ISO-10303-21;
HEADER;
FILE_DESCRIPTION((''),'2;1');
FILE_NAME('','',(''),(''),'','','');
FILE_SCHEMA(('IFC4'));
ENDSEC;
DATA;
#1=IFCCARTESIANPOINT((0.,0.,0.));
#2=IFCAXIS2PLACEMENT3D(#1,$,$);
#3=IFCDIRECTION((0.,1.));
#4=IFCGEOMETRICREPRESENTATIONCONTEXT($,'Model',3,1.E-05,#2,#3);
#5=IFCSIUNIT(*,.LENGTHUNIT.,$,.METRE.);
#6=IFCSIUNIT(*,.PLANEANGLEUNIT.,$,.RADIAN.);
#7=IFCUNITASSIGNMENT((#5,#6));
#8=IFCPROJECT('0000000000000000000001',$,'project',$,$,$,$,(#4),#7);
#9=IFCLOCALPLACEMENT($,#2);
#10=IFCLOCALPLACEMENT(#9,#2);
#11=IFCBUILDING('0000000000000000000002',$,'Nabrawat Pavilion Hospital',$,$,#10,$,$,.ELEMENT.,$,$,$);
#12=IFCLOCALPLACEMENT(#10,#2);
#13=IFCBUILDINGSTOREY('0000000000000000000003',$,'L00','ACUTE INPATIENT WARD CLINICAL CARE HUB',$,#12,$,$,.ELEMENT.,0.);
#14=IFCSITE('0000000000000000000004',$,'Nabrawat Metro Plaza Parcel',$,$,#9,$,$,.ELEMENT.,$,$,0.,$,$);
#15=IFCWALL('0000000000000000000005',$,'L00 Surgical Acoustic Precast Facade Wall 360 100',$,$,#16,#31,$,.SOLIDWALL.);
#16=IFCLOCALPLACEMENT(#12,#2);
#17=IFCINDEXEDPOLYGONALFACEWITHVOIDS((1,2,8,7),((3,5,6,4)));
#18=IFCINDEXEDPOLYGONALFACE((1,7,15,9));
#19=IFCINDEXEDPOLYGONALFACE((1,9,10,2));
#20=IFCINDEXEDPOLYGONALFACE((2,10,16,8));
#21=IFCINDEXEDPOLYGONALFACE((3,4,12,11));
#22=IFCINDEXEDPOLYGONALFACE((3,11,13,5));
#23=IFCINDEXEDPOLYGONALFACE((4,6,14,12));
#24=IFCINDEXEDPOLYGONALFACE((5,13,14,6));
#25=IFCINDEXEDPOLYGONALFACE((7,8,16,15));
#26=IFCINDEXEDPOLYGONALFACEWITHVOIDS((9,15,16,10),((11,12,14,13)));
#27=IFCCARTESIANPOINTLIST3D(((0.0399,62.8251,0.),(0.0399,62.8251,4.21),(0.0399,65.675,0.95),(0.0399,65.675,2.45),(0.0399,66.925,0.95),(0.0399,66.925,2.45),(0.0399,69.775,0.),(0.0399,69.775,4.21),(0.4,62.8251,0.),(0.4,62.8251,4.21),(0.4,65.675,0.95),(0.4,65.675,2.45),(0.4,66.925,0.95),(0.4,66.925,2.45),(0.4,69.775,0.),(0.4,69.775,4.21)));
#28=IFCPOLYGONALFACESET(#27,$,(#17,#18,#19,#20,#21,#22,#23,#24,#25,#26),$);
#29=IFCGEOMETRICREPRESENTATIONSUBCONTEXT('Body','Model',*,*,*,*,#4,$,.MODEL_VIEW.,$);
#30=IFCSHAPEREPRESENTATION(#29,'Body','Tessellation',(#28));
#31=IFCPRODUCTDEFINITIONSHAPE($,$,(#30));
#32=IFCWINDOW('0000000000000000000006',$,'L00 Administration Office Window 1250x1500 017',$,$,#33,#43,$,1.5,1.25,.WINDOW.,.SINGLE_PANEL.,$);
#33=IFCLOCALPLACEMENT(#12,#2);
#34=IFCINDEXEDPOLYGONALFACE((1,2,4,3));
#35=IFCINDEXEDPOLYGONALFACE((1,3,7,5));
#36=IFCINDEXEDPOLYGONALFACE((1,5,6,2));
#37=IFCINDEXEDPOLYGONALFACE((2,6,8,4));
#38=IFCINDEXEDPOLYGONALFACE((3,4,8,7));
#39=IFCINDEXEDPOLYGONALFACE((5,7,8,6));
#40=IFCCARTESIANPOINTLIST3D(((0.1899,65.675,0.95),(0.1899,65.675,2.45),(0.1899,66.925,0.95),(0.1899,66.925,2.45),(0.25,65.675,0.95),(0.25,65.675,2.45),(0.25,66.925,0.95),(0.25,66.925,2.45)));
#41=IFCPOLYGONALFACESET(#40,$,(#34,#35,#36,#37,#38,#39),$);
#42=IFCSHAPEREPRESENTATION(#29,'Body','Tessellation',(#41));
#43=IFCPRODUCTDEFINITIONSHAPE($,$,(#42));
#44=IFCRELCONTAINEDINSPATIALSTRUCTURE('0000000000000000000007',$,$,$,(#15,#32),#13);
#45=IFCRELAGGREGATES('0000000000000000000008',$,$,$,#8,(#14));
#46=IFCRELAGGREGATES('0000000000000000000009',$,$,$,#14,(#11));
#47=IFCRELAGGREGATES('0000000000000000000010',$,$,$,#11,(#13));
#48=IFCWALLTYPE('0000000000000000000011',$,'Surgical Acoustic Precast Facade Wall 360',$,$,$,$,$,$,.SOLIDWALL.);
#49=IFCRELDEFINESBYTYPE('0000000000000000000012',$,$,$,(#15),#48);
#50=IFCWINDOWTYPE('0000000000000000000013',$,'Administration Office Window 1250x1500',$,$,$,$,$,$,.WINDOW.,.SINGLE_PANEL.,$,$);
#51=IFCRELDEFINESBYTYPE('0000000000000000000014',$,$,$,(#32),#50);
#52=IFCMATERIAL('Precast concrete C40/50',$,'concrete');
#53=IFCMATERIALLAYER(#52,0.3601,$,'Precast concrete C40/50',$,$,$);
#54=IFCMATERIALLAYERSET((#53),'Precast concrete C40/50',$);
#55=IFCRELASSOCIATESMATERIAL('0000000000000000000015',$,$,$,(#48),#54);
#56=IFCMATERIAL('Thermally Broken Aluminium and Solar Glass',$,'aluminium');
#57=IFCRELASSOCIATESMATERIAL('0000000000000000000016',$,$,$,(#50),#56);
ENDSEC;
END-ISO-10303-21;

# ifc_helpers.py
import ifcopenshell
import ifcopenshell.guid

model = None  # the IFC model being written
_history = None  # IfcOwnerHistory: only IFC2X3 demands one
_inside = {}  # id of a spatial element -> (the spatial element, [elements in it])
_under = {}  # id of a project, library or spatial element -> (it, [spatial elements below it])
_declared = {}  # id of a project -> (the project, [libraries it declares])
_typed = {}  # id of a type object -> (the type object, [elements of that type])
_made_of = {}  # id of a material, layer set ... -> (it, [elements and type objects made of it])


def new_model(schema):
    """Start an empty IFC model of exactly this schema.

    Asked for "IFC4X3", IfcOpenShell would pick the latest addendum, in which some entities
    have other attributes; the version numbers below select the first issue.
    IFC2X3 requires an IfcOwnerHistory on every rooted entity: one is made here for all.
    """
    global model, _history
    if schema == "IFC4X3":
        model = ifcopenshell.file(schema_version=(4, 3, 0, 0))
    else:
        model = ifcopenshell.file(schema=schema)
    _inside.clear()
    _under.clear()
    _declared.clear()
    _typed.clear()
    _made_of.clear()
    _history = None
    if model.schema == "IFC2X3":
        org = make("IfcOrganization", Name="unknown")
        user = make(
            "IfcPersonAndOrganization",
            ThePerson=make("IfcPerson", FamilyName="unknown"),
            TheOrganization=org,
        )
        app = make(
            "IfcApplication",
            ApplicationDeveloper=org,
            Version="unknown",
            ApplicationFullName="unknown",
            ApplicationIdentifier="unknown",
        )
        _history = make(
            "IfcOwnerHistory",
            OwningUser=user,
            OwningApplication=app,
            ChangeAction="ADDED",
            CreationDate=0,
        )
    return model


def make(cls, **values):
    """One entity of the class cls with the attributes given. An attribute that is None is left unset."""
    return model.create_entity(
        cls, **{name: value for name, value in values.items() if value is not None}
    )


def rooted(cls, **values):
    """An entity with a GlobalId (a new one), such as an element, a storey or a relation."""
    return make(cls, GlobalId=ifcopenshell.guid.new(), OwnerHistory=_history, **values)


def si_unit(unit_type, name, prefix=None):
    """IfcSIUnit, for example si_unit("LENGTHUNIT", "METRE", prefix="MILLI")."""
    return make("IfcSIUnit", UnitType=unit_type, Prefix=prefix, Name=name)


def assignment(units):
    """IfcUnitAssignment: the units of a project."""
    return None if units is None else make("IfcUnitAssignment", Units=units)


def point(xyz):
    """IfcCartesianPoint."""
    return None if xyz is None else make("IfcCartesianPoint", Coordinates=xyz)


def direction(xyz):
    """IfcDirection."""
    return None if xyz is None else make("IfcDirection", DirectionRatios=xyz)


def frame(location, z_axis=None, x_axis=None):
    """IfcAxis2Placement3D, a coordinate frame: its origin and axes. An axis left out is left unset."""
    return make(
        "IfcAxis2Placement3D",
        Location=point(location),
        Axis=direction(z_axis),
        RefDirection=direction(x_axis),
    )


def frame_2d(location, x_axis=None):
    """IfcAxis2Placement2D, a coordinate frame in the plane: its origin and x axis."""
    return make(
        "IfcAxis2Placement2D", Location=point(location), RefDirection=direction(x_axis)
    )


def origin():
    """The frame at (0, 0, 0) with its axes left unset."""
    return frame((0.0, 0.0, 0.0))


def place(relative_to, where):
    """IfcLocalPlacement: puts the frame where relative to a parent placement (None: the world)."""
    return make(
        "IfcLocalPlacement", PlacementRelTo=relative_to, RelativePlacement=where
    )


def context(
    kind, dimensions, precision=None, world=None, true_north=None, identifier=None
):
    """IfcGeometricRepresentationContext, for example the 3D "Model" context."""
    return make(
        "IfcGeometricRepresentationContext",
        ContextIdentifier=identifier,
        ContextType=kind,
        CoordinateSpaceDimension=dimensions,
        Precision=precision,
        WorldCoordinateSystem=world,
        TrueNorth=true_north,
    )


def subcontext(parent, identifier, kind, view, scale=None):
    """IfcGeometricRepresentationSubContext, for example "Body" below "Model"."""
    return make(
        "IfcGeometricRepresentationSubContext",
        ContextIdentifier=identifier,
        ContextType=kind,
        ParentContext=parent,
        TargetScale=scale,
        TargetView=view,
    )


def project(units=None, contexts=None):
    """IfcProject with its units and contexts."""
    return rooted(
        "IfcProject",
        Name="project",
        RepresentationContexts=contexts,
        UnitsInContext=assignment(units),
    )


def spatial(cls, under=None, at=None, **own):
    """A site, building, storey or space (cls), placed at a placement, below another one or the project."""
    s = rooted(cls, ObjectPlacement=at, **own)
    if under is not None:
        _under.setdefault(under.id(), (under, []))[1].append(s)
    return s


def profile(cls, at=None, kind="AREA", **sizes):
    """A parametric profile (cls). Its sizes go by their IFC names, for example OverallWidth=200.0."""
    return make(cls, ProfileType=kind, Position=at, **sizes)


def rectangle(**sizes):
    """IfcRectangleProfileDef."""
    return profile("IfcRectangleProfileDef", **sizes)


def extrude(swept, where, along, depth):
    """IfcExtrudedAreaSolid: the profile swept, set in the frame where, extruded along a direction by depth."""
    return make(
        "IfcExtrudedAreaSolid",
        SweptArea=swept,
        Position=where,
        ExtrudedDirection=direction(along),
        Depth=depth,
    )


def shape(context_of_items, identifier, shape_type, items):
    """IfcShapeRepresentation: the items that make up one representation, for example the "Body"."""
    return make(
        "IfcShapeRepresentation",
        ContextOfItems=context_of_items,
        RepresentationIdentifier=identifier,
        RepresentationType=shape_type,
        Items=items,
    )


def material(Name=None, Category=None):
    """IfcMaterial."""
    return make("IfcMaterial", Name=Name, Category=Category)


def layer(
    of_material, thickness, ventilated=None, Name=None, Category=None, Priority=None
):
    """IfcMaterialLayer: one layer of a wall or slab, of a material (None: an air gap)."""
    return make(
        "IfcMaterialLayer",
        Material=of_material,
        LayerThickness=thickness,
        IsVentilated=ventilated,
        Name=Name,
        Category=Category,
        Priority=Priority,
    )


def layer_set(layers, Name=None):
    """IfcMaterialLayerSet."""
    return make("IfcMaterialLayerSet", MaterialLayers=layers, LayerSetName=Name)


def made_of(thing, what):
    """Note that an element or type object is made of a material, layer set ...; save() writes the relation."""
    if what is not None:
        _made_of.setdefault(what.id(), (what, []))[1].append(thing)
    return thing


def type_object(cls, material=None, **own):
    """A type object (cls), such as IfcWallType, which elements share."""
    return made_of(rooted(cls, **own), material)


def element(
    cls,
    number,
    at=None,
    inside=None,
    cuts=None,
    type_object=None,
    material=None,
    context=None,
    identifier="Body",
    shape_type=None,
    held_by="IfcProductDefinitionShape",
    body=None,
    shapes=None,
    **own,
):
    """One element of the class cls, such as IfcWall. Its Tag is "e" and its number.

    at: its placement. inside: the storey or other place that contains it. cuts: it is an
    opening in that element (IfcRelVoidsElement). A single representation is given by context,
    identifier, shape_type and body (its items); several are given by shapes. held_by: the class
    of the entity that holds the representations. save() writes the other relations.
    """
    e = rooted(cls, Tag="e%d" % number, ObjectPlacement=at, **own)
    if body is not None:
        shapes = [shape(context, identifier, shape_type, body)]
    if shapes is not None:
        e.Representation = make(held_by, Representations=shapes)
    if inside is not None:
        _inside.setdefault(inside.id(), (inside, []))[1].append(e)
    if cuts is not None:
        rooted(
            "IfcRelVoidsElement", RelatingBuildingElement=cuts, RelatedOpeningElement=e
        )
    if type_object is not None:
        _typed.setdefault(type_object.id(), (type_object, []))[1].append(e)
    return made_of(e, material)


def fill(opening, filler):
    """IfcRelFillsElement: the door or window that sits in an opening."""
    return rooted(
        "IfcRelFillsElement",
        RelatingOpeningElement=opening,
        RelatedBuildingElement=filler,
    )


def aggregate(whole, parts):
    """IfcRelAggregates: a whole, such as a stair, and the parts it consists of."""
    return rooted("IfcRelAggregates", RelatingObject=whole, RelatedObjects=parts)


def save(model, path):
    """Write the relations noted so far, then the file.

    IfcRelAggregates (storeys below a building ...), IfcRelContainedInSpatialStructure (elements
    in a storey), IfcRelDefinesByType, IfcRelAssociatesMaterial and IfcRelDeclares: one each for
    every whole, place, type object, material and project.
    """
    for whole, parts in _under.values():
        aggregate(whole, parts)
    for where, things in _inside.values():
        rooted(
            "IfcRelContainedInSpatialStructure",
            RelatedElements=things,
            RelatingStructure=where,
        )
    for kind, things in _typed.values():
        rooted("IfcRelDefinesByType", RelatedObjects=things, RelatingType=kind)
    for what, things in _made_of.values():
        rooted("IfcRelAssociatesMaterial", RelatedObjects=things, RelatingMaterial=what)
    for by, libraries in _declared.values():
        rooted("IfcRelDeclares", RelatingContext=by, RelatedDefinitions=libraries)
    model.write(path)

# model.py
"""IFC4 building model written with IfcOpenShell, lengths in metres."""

from ifc_helpers import new_model, si_unit, direction, frame, frame_2d, origin, place, context, subcontext, project, spatial, rectangle, extrude, material, layer, layer_set, type_object, element, fill, save


model = new_model("IFC4")

# Units and contexts
model_context = context("Model", 3, precision=1e-05, world=origin(), true_north=direction((0.0, 1.0)))
body_context = subcontext(model_context, "Body", "Model", "MODEL_VIEW")
ifc_project = project(units=[si_unit("LENGTHUNIT", "METRE"), si_unit("PLANEANGLEUNIT", "RADIAN")], contexts=[model_context])

# Site, building, storey
site_placement = place(None, origin())
site = spatial("IfcSite", under=ifc_project, at=site_placement, Name="Nabrawat Metro Plaza Parcel", CompositionType="ELEMENT", RefElevation=0.0)
building_placement = place(site_placement, origin())
building = spatial("IfcBuilding", under=site, at=building_placement, Name="Nabrawat Pavilion Hospital", CompositionType="ELEMENT")
storey_placement = place(building_placement, origin())
storey = spatial("IfcBuildingStorey", under=building, at=storey_placement, Name="L00", Description="ACUTE INPATIENT WARD CLINICAL CARE HUB", CompositionType="ELEMENT", Elevation=0.0)

# Shared definitions
ifc_material_1 = material(Name="Precast concrete C40/50", Category="concrete")

# Shared definitions
ifc_layer_1 = layer(ifc_material_1, 0.3601, Name="Precast concrete C40/50")
ifc_layer_set_1 = layer_set([ifc_layer_1], Name="Precast concrete C40/50")
wall_type_1 = type_object("IfcWallType", Name="Surgical Acoustic Precast Facade Wall 360", PredefinedType="SOLIDWALL", material=ifc_layer_set_1)

# Shared definitions
ifc_material_2 = material(Name="Thermally Broken Aluminium and Solar Glass", Category="aluminium")

# Wall, opening, window
wall_1_placement = place(storey_placement, frame((0.22, 62.825, 0.0), z_axis=(0.0, 0.0, 1.0), x_axis=(0.0, 1.0, 0.0)))
wall_1 = element("IfcWall", 1, at=wall_1_placement, inside=storey, type_object=wall_type_1, Name="L00 Surgical Acoustic Precast Facade Wall 360 100", PredefinedType="SOLIDWALL", context=body_context, shape_type="SweptSolid", body=[
    extrude(rectangle(XDim=6.95, YDim=0.3601, at=frame_2d((3.4751, 0.0))), origin(), (0.0, 0.0, 1.0), 4.21),
])
opening_1_placement = place(wall_1_placement, frame((2.8501, 0.0, 0.95)))
opening_1 = element("IfcOpeningElement", 2, at=opening_1_placement, cuts=wall_1, PredefinedType="OPENING", context=body_context, shape_type="SweptSolid", body=[
    extrude(rectangle(XDim=1.25, YDim=1.5, at=frame_2d((0.625, 0.75))), frame((0.0, 0.1899, 0.0), z_axis=(0.0, -1.0, 0.0), x_axis=(1.0, 0.0, 0.0)), (0.0, 0.0, 1.0), 0.3801),
])
window_type_1 = type_object("IfcWindowType", Name="Administration Office Window 1250x1500", PartitioningType="SINGLE_PANEL", PredefinedType="WINDOW", material=ifc_material_2)
window_1_placement = place(opening_1_placement, origin())
window_1 = element("IfcWindow", 3, at=window_1_placement, inside=storey, type_object=window_type_1, Name="L00 Administration Office Window 1250x1500 017", OverallHeight=1.5, OverallWidth=1.25, PartitioningType="SINGLE_PANEL", PredefinedType="WINDOW", context=body_context, shape_type="SweptSolid", body=[
    extrude(rectangle(XDim=1.25, YDim=1.5, at=frame_2d((0.625, 0.75))), frame((0.0, 0.03, 0.0), z_axis=(0.0, -1.0, 0.0), x_axis=(1.0, 0.0, 0.0)), (0.0, 0.0, 1.0), 0.0601),
])
fill(opening_1, window_1)

save(model, "model.ifc")
